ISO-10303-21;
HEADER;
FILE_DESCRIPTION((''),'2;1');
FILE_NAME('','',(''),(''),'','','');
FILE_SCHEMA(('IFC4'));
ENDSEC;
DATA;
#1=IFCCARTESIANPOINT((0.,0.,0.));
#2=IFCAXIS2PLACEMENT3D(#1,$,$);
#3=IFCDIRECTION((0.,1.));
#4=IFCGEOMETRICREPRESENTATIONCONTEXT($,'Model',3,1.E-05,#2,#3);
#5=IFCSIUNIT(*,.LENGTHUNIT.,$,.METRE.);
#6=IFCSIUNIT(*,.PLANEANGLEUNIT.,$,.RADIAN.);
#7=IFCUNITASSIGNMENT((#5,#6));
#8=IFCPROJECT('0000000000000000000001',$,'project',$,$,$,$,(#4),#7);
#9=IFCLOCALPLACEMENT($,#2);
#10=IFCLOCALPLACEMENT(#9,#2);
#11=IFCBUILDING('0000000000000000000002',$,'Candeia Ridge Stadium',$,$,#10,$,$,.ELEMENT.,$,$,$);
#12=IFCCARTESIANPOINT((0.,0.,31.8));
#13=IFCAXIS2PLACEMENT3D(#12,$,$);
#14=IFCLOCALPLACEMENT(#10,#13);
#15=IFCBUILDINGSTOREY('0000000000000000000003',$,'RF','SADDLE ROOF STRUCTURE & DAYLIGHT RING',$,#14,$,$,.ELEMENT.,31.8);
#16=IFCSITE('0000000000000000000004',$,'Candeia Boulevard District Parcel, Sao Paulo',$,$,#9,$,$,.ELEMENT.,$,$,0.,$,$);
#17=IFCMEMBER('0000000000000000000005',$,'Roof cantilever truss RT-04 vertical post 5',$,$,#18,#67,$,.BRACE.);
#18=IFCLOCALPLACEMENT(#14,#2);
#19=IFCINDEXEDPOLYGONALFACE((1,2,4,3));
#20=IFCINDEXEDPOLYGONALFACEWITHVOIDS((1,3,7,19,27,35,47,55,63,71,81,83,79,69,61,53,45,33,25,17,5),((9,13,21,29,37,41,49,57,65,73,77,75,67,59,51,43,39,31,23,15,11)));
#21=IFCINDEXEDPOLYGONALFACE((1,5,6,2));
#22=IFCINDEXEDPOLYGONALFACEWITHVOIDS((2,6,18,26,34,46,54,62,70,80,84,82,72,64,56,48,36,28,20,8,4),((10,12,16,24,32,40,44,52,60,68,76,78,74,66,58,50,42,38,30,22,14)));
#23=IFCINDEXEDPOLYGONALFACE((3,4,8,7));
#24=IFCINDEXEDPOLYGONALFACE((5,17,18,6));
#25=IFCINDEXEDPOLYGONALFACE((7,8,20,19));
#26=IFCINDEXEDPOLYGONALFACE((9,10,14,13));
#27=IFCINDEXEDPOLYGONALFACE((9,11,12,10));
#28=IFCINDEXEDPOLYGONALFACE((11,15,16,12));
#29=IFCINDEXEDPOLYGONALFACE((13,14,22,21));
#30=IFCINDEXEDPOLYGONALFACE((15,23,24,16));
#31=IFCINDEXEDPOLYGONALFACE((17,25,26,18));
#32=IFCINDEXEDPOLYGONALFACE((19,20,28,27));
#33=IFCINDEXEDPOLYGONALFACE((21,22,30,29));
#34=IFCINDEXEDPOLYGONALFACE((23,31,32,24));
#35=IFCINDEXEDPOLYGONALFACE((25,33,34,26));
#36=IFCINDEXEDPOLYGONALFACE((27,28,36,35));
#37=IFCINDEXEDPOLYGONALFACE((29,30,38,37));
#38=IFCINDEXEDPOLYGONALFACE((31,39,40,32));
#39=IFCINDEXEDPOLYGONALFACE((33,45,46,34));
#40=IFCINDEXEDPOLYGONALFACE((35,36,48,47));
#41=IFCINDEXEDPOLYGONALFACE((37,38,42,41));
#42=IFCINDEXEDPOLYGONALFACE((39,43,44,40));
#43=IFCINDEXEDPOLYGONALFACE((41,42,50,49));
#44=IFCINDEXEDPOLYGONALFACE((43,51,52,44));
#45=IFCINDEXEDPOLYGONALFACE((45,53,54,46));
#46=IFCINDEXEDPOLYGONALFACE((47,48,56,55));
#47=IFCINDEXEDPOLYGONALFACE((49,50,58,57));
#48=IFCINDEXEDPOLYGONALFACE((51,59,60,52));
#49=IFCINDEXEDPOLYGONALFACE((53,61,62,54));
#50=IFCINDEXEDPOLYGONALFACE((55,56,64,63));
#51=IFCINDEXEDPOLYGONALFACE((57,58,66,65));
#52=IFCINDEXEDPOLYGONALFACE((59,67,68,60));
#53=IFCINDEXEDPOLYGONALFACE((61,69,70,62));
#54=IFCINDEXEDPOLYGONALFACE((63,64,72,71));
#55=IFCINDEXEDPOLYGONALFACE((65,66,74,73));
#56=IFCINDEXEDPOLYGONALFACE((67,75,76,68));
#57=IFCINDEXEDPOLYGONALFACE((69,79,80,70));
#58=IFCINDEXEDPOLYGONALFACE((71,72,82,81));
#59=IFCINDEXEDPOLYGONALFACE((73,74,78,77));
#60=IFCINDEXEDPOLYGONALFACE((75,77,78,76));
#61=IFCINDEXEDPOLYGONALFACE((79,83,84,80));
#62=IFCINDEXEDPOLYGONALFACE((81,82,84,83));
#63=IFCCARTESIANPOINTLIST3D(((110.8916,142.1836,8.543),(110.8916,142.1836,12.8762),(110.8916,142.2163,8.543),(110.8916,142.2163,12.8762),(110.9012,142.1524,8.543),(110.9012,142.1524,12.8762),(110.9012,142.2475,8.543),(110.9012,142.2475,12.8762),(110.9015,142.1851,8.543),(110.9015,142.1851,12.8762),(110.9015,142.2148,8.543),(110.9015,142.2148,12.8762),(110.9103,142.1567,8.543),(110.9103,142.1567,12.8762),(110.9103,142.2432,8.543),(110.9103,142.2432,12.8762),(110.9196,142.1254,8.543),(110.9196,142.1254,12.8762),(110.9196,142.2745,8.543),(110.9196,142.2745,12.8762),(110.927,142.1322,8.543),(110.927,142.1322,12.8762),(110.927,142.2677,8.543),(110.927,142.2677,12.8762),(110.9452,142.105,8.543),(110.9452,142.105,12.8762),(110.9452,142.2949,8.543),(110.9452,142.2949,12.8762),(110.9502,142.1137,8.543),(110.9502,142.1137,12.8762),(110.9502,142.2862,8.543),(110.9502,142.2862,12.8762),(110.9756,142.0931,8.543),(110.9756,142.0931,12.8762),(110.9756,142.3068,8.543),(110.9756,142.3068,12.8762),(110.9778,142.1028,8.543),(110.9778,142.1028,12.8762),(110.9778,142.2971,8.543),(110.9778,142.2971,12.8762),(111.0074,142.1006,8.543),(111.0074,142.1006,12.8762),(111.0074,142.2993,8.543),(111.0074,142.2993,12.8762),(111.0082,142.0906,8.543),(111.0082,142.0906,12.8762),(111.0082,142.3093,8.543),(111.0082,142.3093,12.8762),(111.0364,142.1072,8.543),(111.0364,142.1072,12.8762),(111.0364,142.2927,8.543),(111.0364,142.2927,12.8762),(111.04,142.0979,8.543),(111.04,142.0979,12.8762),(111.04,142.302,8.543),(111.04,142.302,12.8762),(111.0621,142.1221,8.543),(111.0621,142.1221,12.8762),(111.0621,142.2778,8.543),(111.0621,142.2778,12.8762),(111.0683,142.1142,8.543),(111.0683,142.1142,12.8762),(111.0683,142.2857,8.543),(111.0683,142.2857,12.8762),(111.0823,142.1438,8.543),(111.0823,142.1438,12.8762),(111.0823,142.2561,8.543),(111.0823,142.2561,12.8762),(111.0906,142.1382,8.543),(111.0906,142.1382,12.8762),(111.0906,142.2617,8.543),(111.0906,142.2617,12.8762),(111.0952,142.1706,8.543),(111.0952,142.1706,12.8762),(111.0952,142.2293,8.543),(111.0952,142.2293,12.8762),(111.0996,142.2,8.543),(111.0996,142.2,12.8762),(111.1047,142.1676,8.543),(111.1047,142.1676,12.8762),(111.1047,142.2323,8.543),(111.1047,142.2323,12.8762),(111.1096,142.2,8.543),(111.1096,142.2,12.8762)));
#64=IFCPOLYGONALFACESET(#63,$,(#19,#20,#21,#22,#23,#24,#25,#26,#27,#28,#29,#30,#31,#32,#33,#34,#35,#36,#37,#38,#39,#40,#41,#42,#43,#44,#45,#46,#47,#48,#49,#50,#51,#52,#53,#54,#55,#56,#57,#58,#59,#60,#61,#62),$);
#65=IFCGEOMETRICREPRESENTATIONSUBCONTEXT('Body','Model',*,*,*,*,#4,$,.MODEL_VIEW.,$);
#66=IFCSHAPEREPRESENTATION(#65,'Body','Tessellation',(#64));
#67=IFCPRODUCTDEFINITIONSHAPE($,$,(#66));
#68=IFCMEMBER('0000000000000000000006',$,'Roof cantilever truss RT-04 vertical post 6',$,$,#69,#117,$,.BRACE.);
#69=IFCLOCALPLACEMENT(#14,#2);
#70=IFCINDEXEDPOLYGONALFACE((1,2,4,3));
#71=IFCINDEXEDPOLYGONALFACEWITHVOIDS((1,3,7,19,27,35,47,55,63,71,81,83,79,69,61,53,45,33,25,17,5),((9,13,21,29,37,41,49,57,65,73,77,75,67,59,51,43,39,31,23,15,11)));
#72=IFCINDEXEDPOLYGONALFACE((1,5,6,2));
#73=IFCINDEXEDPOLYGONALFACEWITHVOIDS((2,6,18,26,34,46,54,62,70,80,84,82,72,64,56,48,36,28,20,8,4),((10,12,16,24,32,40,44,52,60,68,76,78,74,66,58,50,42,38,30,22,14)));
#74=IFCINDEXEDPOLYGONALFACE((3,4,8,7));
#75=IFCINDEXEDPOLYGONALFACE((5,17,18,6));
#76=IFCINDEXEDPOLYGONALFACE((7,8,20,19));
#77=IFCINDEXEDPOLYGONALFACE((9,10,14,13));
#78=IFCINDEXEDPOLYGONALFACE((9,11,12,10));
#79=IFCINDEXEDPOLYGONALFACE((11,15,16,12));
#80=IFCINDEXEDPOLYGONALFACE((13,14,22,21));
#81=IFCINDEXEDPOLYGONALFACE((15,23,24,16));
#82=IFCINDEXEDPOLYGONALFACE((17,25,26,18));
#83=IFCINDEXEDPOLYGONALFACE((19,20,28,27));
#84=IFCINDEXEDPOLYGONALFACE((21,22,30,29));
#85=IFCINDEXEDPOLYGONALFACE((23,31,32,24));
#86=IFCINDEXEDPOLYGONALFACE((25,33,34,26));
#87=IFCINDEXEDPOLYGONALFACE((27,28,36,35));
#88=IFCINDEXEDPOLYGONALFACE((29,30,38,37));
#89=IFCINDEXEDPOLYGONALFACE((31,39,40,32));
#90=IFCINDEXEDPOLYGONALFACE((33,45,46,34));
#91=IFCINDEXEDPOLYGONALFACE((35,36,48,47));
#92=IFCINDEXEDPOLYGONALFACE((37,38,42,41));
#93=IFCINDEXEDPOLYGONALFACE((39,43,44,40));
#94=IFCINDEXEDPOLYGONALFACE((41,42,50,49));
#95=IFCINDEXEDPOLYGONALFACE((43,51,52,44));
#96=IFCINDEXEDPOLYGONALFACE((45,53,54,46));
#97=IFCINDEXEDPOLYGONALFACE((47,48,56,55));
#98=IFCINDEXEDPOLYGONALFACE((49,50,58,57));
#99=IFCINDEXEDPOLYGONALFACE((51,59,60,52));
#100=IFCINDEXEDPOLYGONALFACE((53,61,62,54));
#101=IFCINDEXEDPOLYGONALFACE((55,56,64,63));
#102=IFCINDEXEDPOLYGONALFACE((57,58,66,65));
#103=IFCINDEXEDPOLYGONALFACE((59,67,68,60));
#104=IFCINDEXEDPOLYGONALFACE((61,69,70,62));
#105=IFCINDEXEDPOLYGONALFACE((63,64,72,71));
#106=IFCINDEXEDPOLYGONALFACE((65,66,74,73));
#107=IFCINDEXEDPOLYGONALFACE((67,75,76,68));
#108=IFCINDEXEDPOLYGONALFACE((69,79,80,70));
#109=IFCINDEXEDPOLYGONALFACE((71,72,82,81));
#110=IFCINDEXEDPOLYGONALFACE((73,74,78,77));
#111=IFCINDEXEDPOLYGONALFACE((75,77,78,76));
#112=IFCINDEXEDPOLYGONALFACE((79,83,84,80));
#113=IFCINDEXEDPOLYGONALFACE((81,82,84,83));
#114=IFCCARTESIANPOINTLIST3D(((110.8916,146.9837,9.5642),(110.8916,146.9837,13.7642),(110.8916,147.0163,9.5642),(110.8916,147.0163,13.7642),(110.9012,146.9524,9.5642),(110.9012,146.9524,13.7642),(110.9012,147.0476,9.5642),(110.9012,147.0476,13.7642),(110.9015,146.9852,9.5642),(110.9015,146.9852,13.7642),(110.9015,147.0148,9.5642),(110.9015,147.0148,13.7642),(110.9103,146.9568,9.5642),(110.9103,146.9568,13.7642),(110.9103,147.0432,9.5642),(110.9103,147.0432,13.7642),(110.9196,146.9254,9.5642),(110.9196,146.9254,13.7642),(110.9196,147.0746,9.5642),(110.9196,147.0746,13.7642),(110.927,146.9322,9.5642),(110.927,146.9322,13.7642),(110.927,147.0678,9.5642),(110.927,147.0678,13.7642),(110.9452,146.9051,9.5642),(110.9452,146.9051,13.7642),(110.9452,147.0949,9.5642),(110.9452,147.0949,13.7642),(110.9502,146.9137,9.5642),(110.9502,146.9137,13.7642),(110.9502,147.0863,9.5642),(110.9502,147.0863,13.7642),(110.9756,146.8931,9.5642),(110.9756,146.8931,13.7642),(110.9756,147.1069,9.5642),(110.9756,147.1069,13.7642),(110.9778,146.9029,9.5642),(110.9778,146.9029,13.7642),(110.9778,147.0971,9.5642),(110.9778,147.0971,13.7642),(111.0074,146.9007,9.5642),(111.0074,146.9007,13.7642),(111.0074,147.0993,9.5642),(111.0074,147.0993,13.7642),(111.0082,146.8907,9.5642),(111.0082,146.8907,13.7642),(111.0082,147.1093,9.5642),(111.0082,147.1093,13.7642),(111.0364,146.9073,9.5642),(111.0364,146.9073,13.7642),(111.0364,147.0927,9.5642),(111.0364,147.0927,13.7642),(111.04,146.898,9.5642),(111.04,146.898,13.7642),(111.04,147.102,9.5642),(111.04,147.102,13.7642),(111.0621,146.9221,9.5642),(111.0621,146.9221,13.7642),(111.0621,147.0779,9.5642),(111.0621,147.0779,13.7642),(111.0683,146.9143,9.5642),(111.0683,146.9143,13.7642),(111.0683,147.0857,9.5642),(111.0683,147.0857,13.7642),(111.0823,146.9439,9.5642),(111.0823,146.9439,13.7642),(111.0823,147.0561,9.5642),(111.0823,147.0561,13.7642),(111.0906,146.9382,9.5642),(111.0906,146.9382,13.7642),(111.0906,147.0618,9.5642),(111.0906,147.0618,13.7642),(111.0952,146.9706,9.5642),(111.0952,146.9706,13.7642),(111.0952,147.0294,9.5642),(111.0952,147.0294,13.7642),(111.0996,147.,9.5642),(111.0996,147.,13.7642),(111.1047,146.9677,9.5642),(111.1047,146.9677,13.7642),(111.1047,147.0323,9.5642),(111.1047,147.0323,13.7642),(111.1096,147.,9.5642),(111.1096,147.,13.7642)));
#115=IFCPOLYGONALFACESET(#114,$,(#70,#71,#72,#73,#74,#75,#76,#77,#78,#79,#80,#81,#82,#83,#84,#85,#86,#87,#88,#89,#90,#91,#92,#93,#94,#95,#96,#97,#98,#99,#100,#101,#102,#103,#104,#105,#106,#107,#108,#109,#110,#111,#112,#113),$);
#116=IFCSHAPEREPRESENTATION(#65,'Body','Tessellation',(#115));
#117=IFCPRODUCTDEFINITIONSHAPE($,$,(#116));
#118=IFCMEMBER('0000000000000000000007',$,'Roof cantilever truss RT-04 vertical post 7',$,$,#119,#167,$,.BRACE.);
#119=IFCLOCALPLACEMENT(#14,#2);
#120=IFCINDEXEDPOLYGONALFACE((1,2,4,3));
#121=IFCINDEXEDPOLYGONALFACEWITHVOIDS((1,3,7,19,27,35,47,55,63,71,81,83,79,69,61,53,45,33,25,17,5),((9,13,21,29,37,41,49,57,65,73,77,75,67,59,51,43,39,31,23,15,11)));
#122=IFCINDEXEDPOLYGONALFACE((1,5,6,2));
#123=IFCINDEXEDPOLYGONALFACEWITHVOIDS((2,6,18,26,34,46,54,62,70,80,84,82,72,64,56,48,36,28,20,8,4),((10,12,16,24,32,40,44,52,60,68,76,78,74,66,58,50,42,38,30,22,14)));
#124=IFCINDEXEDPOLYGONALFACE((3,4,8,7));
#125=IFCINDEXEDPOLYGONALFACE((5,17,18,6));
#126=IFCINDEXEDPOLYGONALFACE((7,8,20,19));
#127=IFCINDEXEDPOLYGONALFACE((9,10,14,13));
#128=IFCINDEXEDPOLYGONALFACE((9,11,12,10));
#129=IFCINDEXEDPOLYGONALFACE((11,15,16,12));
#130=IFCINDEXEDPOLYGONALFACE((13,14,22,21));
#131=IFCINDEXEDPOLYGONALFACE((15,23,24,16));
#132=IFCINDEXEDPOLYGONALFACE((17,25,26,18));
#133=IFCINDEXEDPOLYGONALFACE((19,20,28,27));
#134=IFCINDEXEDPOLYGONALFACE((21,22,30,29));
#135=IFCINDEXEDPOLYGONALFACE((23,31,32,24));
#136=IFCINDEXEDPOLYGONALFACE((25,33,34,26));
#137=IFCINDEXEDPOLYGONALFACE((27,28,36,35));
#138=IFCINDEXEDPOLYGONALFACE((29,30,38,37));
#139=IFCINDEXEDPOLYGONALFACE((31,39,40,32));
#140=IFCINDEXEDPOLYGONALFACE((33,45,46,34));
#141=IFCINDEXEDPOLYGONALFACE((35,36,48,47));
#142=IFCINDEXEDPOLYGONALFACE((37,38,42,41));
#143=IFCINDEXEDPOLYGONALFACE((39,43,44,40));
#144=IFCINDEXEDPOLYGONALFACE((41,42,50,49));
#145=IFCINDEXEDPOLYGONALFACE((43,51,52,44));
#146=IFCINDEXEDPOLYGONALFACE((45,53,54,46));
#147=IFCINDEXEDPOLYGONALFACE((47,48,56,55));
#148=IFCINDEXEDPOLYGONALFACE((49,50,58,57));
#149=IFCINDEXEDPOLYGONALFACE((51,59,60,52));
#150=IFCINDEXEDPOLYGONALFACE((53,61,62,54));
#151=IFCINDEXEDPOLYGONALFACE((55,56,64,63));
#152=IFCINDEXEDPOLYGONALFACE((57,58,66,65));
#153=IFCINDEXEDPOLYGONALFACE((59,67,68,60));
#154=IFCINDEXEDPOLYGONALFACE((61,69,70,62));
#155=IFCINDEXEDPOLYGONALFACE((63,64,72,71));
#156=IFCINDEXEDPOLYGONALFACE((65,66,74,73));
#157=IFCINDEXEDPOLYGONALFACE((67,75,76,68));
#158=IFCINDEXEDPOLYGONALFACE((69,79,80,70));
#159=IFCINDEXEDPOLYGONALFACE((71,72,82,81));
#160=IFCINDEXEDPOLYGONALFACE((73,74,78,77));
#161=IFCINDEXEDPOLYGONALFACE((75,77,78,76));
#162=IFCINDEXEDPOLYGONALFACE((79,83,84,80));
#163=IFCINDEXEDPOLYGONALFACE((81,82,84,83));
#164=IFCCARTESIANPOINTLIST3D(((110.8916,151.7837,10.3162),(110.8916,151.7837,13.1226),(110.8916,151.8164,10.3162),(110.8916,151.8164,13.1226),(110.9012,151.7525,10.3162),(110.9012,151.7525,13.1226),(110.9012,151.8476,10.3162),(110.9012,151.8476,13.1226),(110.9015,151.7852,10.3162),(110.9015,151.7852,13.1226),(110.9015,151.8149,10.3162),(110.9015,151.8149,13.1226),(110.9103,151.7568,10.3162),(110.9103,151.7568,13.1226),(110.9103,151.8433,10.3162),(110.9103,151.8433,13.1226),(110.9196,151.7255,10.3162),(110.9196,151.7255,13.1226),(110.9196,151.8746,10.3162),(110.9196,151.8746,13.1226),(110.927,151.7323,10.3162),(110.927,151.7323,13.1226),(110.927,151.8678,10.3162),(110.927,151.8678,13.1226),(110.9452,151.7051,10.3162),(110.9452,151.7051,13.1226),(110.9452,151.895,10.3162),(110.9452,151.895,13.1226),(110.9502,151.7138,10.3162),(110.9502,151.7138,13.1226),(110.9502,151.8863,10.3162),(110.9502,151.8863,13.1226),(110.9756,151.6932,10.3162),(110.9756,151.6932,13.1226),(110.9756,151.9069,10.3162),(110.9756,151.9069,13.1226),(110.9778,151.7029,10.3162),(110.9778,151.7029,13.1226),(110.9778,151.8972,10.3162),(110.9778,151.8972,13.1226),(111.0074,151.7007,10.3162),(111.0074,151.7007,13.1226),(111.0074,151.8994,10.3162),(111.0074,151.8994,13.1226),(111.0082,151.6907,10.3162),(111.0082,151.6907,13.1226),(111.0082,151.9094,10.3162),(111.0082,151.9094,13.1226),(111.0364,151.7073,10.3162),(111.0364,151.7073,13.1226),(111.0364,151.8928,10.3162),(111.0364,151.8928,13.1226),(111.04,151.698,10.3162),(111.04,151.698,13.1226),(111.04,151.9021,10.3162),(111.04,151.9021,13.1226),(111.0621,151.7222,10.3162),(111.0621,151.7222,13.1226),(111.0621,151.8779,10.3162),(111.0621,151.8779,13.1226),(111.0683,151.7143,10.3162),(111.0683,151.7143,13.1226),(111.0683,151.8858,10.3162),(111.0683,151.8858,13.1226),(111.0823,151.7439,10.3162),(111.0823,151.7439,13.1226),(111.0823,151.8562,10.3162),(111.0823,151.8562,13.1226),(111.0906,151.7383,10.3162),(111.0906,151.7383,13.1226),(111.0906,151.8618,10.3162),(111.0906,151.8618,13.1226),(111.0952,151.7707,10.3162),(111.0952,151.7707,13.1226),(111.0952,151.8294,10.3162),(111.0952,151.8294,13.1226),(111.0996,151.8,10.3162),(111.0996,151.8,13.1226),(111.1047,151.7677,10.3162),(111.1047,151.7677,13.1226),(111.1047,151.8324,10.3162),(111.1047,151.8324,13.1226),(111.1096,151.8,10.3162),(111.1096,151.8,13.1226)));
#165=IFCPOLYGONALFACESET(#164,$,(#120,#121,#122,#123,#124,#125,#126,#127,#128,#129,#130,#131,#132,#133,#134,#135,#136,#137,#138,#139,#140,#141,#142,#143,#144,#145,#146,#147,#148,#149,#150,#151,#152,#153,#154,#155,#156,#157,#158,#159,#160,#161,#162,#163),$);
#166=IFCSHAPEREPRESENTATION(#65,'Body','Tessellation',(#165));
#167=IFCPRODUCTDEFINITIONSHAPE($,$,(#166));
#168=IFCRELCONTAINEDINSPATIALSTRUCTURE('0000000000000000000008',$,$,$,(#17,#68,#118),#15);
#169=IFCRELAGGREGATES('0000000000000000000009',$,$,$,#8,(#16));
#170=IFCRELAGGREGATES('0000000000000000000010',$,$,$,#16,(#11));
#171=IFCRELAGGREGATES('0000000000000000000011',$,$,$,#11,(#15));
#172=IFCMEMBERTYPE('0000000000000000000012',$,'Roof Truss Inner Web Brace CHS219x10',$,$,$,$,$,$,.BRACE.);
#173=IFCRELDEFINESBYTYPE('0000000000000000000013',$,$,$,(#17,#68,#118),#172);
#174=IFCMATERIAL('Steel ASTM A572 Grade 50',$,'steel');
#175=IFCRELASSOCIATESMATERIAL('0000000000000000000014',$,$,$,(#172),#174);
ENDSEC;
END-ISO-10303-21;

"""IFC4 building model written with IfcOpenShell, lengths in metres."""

from ifc_helpers import new_model, si_unit, direction, frame, origin, origin_2d, place, context, subcontext, project, spatial, hollow_circle, extrude, material, material_profile, profile_set, type_object, element, save


model = new_model("IFC4")

# Units and contexts
model_context = context("Model", 3, precision=1e-05, world=origin(), true_north=direction((0.0, 1.0)))
body_context = subcontext(model_context, "Body", "Model", "MODEL_VIEW")
ifc_project = project(units=[si_unit("LENGTHUNIT", "METRE"), si_unit("PLANEANGLEUNIT", "RADIAN")], contexts=[model_context])

# Site, building, storey
site_placement = place(None, origin())
site = spatial("IfcSite", under=ifc_project, at=site_placement, Name="Candeia Boulevard District Parcel, Sao Paulo", CompositionType="ELEMENT", RefElevation=0.0)
building_placement = place(site_placement, origin())
building = spatial("IfcBuilding", under=site, at=building_placement, Name="Candeia Ridge Stadium", CompositionType="ELEMENT")
storey_placement = place(building_placement, frame((0.0, 0.0, 31.8)))
storey = spatial("IfcBuildingStorey", under=building, at=storey_placement, Name="RF", Description="SADDLE ROOF STRUCTURE & DAYLIGHT RING", CompositionType="ELEMENT", Elevation=31.8)

# Shared definitions
ifc_material_1 = material(Name="Steel ASTM A572 Grade 50", Category="steel")

# Members
ifc_material_profile_1 = material_profile(ifc_material_1, hollow_circle(Radius=0.1096, WallThickness=0.01, at=origin_2d()), Name="CHS219x10", Category="steel")
ifc_profile_set_1 = profile_set([ifc_material_profile_1], Name="Steel ASTM A572 Grade 50")
member_type_1 = type_object("IfcMemberType", Name="Roof Truss Inner Web Brace CHS219x10", PredefinedType="BRACE", material=ifc_profile_set_1)
member_1_placement = place(storey_placement, frame((111.0, 142.2, 8.543), z_axis=(0.0, 0.0, 1.0), x_axis=(1.0, 0.0, 0.0)))
element("IfcMember", 1, at=member_1_placement, inside=storey, type_object=member_type_1, Name="Roof cantilever truss RT-04 vertical post 5", PredefinedType="BRACE", context=body_context, shape_type="SweptSolid", body=[
    extrude(hollow_circle(Radius=0.1096, WallThickness=0.01, at=origin_2d()), origin(), (0.0, 0.0, 1.0), 4.3333),
])
member_2_placement = place(storey_placement, frame((111.0, 147.0, 9.5642), z_axis=(0.0, 0.0, 1.0), x_axis=(1.0, 0.0, 0.0)))
element("IfcMember", 2, at=member_2_placement, inside=storey, type_object=member_type_1, Name="Roof cantilever truss RT-04 vertical post 6", PredefinedType="BRACE", context=body_context, shape_type="SweptSolid", body=[
    extrude(hollow_circle(Radius=0.1096, WallThickness=0.01, at=origin_2d()), origin(), (0.0, 0.0, 1.0), 4.2),
])
member_3_placement = place(storey_placement, frame((111.0, 151.8, 10.3162), z_axis=(0.0, 0.0, 1.0), x_axis=(1.0, 0.0, 0.0)))
element("IfcMember", 3, at=member_3_placement, inside=storey, type_object=member_type_1, Name="Roof cantilever truss RT-04 vertical post 7", PredefinedType="BRACE", context=body_context, shape_type="SweptSolid", body=[
    extrude(hollow_circle(Radius=0.1096, WallThickness=0.01, at=origin_2d()), origin(), (0.0, 0.0, 1.0), 2.8064),
])

save(model, "model.ifc")
